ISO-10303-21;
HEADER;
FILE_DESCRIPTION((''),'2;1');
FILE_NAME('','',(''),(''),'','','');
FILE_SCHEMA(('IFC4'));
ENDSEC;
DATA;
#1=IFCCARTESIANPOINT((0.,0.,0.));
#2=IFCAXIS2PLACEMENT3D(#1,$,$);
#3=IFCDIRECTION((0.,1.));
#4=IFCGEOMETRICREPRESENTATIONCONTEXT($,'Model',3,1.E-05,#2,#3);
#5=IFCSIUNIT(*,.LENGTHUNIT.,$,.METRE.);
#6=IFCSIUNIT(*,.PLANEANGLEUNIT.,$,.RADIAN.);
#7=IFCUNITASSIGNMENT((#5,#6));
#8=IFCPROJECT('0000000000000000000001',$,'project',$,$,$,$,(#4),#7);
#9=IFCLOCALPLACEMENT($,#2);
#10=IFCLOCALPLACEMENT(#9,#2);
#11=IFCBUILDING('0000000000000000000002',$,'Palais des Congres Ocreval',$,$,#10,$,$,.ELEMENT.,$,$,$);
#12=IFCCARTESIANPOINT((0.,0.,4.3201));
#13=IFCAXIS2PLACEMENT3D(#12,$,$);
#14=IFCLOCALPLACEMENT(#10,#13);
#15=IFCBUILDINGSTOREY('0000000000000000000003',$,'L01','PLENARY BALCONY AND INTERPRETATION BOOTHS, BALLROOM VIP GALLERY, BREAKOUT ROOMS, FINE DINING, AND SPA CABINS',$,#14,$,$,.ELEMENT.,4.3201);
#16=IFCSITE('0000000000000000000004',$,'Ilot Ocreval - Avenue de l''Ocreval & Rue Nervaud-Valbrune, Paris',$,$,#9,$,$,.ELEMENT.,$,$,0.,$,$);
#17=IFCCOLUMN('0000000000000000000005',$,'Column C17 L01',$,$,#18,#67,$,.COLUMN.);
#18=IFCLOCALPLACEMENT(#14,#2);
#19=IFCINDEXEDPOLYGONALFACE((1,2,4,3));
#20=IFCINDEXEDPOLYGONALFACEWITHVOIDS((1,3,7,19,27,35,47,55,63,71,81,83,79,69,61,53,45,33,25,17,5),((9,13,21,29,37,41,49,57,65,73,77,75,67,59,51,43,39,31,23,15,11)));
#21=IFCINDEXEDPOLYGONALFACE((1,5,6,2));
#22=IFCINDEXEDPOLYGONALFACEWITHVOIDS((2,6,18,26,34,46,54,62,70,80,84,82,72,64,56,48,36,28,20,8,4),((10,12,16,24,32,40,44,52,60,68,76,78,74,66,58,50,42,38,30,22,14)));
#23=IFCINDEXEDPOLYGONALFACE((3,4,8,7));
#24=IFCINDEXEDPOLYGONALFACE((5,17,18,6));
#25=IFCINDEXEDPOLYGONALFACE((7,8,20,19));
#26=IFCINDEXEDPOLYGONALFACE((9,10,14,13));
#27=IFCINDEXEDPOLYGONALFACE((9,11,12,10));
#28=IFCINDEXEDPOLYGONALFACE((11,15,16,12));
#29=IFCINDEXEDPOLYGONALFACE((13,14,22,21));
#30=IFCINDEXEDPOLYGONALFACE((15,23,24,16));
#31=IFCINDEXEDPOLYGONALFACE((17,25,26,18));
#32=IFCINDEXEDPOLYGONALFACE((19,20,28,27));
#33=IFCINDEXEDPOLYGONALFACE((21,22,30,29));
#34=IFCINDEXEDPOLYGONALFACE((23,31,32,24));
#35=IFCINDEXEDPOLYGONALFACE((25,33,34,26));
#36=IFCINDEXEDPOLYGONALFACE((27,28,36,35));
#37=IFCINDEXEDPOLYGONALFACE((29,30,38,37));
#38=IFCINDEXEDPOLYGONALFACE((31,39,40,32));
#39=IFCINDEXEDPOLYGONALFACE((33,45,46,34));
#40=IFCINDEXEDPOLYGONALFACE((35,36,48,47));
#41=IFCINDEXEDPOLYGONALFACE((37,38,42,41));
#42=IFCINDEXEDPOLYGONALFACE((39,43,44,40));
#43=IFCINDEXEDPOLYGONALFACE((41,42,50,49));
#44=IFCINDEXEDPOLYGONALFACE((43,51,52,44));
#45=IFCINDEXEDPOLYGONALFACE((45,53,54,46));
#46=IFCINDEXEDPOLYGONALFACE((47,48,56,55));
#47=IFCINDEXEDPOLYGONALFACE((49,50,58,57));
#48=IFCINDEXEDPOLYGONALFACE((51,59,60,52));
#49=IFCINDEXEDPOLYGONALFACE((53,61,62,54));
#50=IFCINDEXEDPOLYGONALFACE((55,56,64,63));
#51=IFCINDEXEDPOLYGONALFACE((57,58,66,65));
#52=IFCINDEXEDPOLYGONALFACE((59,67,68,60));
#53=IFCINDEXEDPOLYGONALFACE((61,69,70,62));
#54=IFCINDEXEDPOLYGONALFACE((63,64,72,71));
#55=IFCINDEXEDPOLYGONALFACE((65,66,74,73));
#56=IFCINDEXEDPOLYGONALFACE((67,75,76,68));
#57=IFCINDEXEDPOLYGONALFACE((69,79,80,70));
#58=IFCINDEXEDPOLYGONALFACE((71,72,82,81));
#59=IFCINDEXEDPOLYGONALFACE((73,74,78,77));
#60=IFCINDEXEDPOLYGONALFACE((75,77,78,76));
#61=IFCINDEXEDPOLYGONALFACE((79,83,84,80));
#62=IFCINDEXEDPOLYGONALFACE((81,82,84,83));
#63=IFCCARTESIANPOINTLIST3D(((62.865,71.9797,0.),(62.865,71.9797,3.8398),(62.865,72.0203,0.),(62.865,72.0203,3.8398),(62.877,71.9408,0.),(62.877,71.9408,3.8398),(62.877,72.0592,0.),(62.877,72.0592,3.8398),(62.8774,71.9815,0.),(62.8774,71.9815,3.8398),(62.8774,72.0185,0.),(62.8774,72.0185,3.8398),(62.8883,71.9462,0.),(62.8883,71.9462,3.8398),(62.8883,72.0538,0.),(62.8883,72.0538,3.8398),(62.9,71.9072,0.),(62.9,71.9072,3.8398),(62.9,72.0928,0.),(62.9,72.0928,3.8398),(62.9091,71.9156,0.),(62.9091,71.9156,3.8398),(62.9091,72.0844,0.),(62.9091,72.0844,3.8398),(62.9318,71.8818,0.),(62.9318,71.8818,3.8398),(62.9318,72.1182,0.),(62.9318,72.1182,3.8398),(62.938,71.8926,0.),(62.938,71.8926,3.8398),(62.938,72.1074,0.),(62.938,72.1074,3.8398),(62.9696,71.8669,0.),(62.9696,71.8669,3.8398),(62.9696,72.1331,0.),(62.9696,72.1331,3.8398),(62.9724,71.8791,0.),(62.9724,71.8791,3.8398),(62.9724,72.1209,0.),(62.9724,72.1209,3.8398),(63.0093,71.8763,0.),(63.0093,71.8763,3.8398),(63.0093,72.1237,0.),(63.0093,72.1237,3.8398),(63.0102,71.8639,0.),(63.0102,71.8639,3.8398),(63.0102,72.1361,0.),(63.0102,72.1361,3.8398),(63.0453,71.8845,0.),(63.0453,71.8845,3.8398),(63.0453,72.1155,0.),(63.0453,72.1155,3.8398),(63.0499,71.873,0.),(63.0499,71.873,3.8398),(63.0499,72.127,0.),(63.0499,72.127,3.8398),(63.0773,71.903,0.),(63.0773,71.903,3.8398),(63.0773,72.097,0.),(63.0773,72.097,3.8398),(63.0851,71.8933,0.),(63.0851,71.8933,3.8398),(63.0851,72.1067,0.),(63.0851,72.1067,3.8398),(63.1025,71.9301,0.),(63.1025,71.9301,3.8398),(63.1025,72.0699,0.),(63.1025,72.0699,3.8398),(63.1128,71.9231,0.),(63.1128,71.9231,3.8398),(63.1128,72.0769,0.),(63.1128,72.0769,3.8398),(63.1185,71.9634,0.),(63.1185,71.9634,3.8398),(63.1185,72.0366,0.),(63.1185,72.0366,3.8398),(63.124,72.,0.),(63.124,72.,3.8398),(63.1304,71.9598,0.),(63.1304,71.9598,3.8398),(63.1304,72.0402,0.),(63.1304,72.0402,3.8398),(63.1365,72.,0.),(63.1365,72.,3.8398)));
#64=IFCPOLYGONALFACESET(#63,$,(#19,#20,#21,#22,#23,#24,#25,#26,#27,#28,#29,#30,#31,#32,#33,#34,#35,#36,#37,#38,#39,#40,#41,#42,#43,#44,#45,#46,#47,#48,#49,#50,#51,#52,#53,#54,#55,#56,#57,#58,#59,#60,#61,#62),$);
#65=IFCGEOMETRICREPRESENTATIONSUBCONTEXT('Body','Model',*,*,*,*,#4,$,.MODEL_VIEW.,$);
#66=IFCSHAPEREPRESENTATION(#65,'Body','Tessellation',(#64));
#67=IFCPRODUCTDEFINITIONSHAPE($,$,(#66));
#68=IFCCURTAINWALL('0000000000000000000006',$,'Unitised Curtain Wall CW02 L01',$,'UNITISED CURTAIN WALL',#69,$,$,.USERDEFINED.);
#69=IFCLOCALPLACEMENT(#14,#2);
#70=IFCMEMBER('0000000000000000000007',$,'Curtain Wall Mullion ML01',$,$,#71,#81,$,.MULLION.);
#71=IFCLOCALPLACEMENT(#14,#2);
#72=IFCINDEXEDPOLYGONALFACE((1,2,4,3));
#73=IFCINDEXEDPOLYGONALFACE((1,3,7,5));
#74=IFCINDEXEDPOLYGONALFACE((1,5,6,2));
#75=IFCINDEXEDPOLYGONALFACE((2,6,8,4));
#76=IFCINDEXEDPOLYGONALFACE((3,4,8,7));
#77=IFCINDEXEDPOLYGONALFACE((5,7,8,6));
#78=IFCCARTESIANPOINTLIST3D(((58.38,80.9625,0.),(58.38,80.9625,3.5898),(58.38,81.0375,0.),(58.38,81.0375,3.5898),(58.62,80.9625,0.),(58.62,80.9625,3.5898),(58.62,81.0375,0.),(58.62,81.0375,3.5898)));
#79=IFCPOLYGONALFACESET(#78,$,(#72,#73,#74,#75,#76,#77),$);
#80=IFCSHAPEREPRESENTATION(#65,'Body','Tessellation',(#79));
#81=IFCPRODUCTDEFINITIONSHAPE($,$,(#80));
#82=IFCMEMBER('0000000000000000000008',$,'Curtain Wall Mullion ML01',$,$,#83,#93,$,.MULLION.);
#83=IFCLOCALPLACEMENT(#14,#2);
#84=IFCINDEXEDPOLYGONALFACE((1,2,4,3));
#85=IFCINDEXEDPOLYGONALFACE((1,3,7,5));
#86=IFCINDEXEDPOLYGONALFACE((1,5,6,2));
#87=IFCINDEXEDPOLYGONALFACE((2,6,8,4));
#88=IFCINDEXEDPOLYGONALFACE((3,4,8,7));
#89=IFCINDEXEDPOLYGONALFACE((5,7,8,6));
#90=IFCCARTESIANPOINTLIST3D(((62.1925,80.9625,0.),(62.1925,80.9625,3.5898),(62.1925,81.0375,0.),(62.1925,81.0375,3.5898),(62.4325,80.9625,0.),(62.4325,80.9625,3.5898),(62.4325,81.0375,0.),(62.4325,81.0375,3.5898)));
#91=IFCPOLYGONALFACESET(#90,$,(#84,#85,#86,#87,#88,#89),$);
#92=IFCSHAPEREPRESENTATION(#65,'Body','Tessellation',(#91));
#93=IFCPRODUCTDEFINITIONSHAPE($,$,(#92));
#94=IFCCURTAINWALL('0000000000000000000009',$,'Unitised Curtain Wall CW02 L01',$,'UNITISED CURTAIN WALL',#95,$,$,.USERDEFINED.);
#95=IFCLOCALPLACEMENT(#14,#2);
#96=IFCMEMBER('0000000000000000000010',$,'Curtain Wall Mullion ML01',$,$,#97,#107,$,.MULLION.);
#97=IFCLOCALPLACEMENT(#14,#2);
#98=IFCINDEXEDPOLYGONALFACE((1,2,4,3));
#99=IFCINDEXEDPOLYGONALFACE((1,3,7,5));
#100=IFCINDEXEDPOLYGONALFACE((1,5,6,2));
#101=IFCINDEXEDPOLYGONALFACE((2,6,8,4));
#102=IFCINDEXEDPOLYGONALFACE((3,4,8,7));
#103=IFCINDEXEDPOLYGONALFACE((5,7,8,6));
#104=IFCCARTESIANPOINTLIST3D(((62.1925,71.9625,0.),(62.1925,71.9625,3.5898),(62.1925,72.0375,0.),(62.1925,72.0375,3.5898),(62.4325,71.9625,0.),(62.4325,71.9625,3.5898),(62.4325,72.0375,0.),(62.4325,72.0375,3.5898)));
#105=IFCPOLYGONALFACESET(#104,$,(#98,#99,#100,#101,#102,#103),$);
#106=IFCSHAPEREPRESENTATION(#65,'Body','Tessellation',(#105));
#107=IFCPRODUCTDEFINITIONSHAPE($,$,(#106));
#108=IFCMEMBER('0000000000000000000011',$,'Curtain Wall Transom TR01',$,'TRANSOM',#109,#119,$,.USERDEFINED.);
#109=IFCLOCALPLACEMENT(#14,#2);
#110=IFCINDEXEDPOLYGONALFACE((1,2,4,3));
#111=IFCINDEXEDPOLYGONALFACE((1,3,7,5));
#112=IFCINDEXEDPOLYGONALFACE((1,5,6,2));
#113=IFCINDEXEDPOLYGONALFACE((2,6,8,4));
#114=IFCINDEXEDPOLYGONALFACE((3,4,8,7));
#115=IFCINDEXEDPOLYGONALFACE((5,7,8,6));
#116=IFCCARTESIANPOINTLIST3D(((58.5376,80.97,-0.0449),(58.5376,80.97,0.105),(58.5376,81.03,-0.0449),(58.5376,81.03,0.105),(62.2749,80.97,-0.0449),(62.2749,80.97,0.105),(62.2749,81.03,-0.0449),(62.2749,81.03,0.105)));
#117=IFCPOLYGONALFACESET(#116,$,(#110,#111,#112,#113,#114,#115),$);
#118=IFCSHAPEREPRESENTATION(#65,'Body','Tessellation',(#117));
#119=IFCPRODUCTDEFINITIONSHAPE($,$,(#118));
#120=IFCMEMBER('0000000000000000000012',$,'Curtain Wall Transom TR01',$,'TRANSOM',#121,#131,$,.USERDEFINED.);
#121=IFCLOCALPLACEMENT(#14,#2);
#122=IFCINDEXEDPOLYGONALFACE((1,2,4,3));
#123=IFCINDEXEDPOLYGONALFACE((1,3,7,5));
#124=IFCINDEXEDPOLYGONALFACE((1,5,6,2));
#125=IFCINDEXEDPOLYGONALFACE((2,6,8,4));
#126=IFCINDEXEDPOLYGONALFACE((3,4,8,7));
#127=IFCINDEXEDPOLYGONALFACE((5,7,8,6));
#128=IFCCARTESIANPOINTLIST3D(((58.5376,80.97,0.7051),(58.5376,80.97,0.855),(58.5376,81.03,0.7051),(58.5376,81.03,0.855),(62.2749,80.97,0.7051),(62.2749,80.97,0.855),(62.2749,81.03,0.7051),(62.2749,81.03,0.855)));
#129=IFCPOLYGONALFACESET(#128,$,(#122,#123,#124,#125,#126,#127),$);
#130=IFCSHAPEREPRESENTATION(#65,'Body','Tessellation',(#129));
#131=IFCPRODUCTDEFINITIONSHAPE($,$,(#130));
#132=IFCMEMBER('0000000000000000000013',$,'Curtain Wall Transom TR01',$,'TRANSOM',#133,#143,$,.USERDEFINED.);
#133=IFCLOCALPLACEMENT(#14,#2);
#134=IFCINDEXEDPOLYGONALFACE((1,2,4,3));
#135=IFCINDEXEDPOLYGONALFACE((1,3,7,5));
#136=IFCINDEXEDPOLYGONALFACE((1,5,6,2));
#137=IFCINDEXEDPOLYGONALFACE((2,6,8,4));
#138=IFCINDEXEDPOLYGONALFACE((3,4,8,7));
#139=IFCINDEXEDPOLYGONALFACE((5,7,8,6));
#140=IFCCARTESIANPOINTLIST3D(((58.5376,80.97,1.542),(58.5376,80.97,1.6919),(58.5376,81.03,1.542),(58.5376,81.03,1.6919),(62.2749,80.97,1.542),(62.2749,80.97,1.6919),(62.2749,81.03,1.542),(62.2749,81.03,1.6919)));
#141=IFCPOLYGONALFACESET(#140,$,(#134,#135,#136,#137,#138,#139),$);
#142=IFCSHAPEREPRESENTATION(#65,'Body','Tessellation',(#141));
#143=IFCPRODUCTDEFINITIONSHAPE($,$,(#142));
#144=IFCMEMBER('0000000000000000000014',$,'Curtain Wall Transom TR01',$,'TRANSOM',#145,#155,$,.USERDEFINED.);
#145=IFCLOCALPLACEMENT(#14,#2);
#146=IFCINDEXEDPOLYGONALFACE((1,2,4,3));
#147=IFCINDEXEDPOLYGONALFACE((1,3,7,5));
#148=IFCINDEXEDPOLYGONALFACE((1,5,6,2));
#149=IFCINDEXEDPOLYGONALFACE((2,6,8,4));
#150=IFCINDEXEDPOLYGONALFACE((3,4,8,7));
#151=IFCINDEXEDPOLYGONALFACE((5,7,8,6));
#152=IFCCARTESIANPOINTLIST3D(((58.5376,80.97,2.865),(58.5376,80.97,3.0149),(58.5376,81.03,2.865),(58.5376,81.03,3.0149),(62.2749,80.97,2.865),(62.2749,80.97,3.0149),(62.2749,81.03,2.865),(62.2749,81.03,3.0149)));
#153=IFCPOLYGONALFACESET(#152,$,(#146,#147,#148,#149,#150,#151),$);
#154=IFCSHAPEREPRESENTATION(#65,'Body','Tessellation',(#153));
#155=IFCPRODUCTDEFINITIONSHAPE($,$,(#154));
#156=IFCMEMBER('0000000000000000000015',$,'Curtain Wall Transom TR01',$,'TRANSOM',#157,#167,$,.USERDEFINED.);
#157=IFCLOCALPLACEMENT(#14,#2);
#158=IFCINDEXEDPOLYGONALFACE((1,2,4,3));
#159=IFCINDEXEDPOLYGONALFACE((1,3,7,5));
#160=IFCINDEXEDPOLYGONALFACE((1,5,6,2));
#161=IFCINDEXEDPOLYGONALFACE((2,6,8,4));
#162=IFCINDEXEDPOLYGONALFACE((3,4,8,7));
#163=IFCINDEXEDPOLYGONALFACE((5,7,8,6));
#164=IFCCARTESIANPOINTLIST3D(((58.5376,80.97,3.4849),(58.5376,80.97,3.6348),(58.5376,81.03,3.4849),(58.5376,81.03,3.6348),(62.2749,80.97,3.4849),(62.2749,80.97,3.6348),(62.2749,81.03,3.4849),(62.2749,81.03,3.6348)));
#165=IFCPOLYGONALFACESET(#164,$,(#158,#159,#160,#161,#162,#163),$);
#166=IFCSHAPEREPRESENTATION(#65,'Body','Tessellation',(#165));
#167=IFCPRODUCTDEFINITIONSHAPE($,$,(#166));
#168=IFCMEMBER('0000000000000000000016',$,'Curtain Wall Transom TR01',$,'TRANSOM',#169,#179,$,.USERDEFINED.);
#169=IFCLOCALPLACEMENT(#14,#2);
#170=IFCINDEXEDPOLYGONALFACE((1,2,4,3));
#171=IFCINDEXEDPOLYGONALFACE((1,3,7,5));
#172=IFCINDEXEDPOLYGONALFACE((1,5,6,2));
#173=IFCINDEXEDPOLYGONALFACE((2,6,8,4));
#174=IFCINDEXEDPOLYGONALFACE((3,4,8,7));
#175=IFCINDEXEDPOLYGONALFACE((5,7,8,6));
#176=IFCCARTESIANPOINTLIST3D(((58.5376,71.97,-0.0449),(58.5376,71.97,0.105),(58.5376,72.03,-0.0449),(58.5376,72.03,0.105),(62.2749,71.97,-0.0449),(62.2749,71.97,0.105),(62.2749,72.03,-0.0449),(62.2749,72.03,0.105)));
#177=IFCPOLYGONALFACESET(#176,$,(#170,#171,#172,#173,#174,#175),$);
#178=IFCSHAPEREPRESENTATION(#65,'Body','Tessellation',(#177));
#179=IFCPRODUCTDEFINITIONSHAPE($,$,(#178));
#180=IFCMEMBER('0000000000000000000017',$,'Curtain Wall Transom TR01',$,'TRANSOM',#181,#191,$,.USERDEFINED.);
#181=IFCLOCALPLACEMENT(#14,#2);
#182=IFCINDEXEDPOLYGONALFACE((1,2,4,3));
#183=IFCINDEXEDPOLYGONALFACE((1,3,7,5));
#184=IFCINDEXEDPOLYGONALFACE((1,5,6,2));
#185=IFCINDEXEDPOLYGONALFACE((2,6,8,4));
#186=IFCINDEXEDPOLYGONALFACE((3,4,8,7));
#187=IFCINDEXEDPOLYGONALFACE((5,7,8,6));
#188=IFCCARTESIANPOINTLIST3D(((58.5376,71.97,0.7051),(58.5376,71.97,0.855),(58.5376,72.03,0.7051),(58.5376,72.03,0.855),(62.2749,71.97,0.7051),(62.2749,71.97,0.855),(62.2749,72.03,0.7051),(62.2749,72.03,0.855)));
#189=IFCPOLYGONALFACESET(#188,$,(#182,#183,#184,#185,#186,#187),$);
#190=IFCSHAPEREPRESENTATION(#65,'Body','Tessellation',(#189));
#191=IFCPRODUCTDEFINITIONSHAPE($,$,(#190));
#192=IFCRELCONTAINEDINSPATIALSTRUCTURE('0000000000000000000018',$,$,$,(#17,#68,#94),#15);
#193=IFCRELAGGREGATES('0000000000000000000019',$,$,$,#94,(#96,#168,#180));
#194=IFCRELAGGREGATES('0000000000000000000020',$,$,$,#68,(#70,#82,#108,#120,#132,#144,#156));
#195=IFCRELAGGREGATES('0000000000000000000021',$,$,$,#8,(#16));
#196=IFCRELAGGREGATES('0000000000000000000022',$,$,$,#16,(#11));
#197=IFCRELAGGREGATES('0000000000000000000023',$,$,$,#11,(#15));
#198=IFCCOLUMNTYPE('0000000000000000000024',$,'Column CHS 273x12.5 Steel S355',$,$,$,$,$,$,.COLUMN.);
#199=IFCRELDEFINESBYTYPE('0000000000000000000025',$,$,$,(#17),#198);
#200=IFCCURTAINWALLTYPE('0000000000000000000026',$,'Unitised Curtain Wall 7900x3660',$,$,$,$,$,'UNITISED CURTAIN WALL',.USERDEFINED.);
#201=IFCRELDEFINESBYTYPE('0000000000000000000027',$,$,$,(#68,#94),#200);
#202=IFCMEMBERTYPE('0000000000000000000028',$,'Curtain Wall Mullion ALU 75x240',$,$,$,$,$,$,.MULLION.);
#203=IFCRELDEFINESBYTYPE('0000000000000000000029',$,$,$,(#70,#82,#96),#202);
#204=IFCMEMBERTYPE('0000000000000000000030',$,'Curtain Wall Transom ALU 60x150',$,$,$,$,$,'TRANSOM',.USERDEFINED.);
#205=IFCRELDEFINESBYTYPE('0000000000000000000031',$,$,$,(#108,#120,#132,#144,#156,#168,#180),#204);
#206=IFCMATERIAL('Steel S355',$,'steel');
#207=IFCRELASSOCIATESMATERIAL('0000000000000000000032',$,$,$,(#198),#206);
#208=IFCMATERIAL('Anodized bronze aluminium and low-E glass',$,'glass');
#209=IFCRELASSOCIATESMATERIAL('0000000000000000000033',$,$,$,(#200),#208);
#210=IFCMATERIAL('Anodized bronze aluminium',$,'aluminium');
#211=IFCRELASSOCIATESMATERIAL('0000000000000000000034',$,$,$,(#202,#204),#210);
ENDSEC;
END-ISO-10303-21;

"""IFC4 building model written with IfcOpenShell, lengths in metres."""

from ifc_helpers import new_model, si_unit, direction, frame, origin, origin_2d, place, context, subcontext, project, spatial, rectangle, hollow_circle, extrude, material, material_profile, profile_set, type_object, element, aggregate, save


model = new_model("IFC4")

# Units and contexts
model_context = context("Model", 3, precision=1e-05, world=origin(), true_north=direction((0.0, 1.0)))
body_context = subcontext(model_context, "Body", "Model", "MODEL_VIEW")
ifc_project = project(units=[si_unit("LENGTHUNIT", "METRE"), si_unit("PLANEANGLEUNIT", "RADIAN")], contexts=[model_context])

# Site, building, storey
site_placement = place(None, origin())
site = spatial("IfcSite", under=ifc_project, at=site_placement, Name="Ilot Ocreval - Avenue de l'Ocreval & Rue Nervaud-Valbrune, Paris", CompositionType="ELEMENT", RefElevation=0.0)
building_placement = place(site_placement, origin())
building = spatial("IfcBuilding", under=site, at=building_placement, Name="Palais des Congres Ocreval", CompositionType="ELEMENT")
storey_placement = place(building_placement, frame((0.0, 0.0, 4.3201)))
storey = spatial("IfcBuildingStorey", under=building, at=storey_placement, Name="L01", Description="PLENARY BALCONY AND INTERPRETATION BOOTHS, BALLROOM VIP GALLERY, BREAKOUT ROOMS, FINE DINING, AND SPA CABINS", CompositionType="ELEMENT", Elevation=4.3201)

# Column
ifc_material_1 = material(Name="Steel S355", Category="steel")
ifc_material_profile_1 = material_profile(ifc_material_1, hollow_circle(Radius=0.1365, WallThickness=0.0125, at=origin_2d()), Name="CHS 273x12.5")
ifc_profile_set_1 = profile_set([ifc_material_profile_1], Name="Steel S355")
column_type = type_object("IfcColumnType", Name="Column CHS 273x12.5 Steel S355", PredefinedType="COLUMN", material=ifc_profile_set_1)
column_placement = place(storey_placement, frame((63.0, 72.0, 0.0), z_axis=(0.0, 0.0, 1.0), x_axis=(1.0, 0.0, 0.0)))
element("IfcColumn", 1, at=column_placement, inside=storey, type_object=column_type, Name="Column C17 L01", PredefinedType="COLUMN", context=body_context, shape_type="SweptSolid", body=[
    extrude(hollow_circle(Radius=0.1365, WallThickness=0.0125, at=origin_2d()), origin(), (0.0, 0.0, 1.0), 3.8398),
])

# Curtain wall, members
ifc_material_2 = material(Name="Anodized bronze aluminium and low-E glass", Category="glass")
curtain_wall_type = type_object("IfcCurtainWallType", Name="Unitised Curtain Wall 7900x3660", ElementType="UNITISED CURTAIN WALL", PredefinedType="USERDEFINED", material=ifc_material_2)
curtain_wall_1_placement = place(storey_placement, origin())
curtain_wall_1 = element("IfcCurtainWall", 2, at=curtain_wall_1_placement, inside=storey, type_object=curtain_wall_type, Name="Unitised Curtain Wall CW02 L01", ObjectType="UNITISED CURTAIN WALL", PredefinedType="USERDEFINED")
ifc_material_3 = material(Name="Anodized bronze aluminium", Category="aluminium")
ifc_material_profile_2 = material_profile(ifc_material_3, rectangle(XDim=0.075, YDim=0.24, at=origin_2d()), Name="ALU 75x240")
ifc_profile_set_2 = profile_set([ifc_material_profile_2], Name="Anodized bronze aluminium")
member_type_1 = type_object("IfcMemberType", Name="Curtain Wall Mullion ALU 75x240", PredefinedType="MULLION", material=ifc_profile_set_2)
member_1_placement = place(storey_placement, frame((58.5, 81.0, 0.0), z_axis=(0.0, 0.0, 1.0), x_axis=(0.0, 1.0, 0.0)))
member_1 = element("IfcMember", 3, at=member_1_placement, type_object=member_type_1, Name="Curtain Wall Mullion ML01", PredefinedType="MULLION", context=body_context, shape_type="SweptSolid", body=[
    extrude(rectangle(XDim=0.075, YDim=0.24, at=origin_2d()), origin(), (0.0, 0.0, 1.0), 3.5898),
])
member_2_placement = place(storey_placement, frame((62.3125, 81.0, 0.0), z_axis=(0.0, 0.0, 1.0), x_axis=(0.0, 1.0, 0.0)))
member_2 = element("IfcMember", 4, at=member_2_placement, type_object=member_type_1, Name="Curtain Wall Mullion ML01", PredefinedType="MULLION", context=body_context, shape_type="SweptSolid", body=[
    extrude(rectangle(XDim=0.075, YDim=0.24, at=origin_2d()), origin(), (0.0, 0.0, 1.0), 3.5898),
])

# Curtain wall, member
curtain_wall_2_placement = place(storey_placement, origin())
curtain_wall_2 = element("IfcCurtainWall", 5, at=curtain_wall_2_placement, inside=storey, type_object=curtain_wall_type, Name="Unitised Curtain Wall CW02 L01", ObjectType="UNITISED CURTAIN WALL", PredefinedType="USERDEFINED")
member_3_placement = place(storey_placement, frame((62.3125, 72.0, 0.0), z_axis=(0.0, 0.0, 1.0), x_axis=(0.0, -1.0, 0.0)))
member_3 = element("IfcMember", 6, at=member_3_placement, type_object=member_type_1, Name="Curtain Wall Mullion ML01", PredefinedType="MULLION", context=body_context, shape_type="SweptSolid", body=[
    extrude(rectangle(XDim=0.075, YDim=0.24, at=origin_2d()), origin(), (0.0, 0.0, 1.0), 3.5898),
])

# Members
ifc_material_profile_3 = material_profile(ifc_material_3, rectangle(XDim=0.0601, YDim=0.1499, at=origin_2d()), Name="ALU 60x150")
ifc_profile_set_3 = profile_set([ifc_material_profile_3], Name="Anodized bronze aluminium")
member_type_2 = type_object("IfcMemberType", Name="Curtain Wall Transom ALU 60x150", ElementType="TRANSOM", PredefinedType="USERDEFINED", material=ifc_profile_set_3)
member_4_placement = place(storey_placement, frame((58.5376, 81.0, 0.03), z_axis=(1.0, 0.0, 0.0), x_axis=(0.0, 1.0, 0.0)))
member_4 = element("IfcMember", 7, at=member_4_placement, type_object=member_type_2, Name="Curtain Wall Transom TR01", ObjectType="TRANSOM", PredefinedType="USERDEFINED", context=body_context, shape_type="SweptSolid", body=[
    extrude(rectangle(XDim=0.0601, YDim=0.1499, at=origin_2d()), origin(), (0.0, 0.0, 1.0), 3.7373),
])
member_5_placement = place(storey_placement, frame((58.5376, 81.0, 0.78), z_axis=(1.0, 0.0, 0.0), x_axis=(0.0, 1.0, 0.0)))
member_5 = element("IfcMember", 8, at=member_5_placement, type_object=member_type_2, Name="Curtain Wall Transom TR01", ObjectType="TRANSOM", PredefinedType="USERDEFINED", context=body_context, shape_type="SweptSolid", body=[
    extrude(rectangle(XDim=0.0601, YDim=0.1499, at=origin_2d()), origin(), (0.0, 0.0, 1.0), 3.7373),
])
member_6_placement = place(storey_placement, frame((58.5376, 81.0, 1.6169), z_axis=(1.0, 0.0, 0.0), x_axis=(0.0, 1.0, 0.0)))
member_6 = element("IfcMember", 9, at=member_6_placement, type_object=member_type_2, Name="Curtain Wall Transom TR01", ObjectType="TRANSOM", PredefinedType="USERDEFINED", context=body_context, shape_type="SweptSolid", body=[
    extrude(rectangle(XDim=0.0601, YDim=0.1499, at=origin_2d()), origin(), (0.0, 0.0, 1.0), 3.7373),
])
member_7_placement = place(storey_placement, frame((58.5376, 81.0, 2.9399), z_axis=(1.0, 0.0, 0.0), x_axis=(0.0, 1.0, 0.0)))
member_7 = element("IfcMember", 10, at=member_7_placement, type_object=member_type_2, Name="Curtain Wall Transom TR01", ObjectType="TRANSOM", PredefinedType="USERDEFINED", context=body_context, shape_type="SweptSolid", body=[
    extrude(rectangle(XDim=0.0601, YDim=0.1499, at=origin_2d()), origin(), (0.0, 0.0, 1.0), 3.7373),
])
member_8_placement = place(storey_placement, frame((58.5376, 81.0, 3.5598), z_axis=(1.0, 0.0, 0.0), x_axis=(0.0, 1.0, 0.0)))
member_8 = element("IfcMember", 11, at=member_8_placement, type_object=member_type_2, Name="Curtain Wall Transom TR01", ObjectType="TRANSOM", PredefinedType="USERDEFINED", context=body_context, shape_type="SweptSolid", body=[
    extrude(rectangle(XDim=0.0601, YDim=0.1499, at=origin_2d()), origin(), (0.0, 0.0, 1.0), 3.7373),
])
member_9_placement = place(storey_placement, frame((62.2749, 72.0, 0.03), z_axis=(-1.0, 0.0, 0.0), x_axis=(0.0, -1.0, 0.0)))
member_9 = element("IfcMember", 12, at=member_9_placement, type_object=member_type_2, Name="Curtain Wall Transom TR01", ObjectType="TRANSOM", PredefinedType="USERDEFINED", context=body_context, shape_type="SweptSolid", body=[
    extrude(rectangle(XDim=0.0601, YDim=0.1499, at=origin_2d()), origin(), (0.0, 0.0, 1.0), 3.7373),
])
member_10_placement = place(storey_placement, frame((62.2749, 72.0, 0.78), z_axis=(-1.0, 0.0, 0.0), x_axis=(0.0, -1.0, 0.0)))
member_10 = element("IfcMember", 13, at=member_10_placement, type_object=member_type_2, Name="Curtain Wall Transom TR01", ObjectType="TRANSOM", PredefinedType="USERDEFINED", context=body_context, shape_type="SweptSolid", body=[
    extrude(rectangle(XDim=0.0601, YDim=0.1499, at=origin_2d()), origin(), (0.0, 0.0, 1.0), 3.7373),
])

aggregate(curtain_wall_2, [member_3, member_9, member_10])
aggregate(curtain_wall_1, [member_1, member_2, member_4, member_5, member_6, member_7, member_8])

save(model, "model.ifc")
